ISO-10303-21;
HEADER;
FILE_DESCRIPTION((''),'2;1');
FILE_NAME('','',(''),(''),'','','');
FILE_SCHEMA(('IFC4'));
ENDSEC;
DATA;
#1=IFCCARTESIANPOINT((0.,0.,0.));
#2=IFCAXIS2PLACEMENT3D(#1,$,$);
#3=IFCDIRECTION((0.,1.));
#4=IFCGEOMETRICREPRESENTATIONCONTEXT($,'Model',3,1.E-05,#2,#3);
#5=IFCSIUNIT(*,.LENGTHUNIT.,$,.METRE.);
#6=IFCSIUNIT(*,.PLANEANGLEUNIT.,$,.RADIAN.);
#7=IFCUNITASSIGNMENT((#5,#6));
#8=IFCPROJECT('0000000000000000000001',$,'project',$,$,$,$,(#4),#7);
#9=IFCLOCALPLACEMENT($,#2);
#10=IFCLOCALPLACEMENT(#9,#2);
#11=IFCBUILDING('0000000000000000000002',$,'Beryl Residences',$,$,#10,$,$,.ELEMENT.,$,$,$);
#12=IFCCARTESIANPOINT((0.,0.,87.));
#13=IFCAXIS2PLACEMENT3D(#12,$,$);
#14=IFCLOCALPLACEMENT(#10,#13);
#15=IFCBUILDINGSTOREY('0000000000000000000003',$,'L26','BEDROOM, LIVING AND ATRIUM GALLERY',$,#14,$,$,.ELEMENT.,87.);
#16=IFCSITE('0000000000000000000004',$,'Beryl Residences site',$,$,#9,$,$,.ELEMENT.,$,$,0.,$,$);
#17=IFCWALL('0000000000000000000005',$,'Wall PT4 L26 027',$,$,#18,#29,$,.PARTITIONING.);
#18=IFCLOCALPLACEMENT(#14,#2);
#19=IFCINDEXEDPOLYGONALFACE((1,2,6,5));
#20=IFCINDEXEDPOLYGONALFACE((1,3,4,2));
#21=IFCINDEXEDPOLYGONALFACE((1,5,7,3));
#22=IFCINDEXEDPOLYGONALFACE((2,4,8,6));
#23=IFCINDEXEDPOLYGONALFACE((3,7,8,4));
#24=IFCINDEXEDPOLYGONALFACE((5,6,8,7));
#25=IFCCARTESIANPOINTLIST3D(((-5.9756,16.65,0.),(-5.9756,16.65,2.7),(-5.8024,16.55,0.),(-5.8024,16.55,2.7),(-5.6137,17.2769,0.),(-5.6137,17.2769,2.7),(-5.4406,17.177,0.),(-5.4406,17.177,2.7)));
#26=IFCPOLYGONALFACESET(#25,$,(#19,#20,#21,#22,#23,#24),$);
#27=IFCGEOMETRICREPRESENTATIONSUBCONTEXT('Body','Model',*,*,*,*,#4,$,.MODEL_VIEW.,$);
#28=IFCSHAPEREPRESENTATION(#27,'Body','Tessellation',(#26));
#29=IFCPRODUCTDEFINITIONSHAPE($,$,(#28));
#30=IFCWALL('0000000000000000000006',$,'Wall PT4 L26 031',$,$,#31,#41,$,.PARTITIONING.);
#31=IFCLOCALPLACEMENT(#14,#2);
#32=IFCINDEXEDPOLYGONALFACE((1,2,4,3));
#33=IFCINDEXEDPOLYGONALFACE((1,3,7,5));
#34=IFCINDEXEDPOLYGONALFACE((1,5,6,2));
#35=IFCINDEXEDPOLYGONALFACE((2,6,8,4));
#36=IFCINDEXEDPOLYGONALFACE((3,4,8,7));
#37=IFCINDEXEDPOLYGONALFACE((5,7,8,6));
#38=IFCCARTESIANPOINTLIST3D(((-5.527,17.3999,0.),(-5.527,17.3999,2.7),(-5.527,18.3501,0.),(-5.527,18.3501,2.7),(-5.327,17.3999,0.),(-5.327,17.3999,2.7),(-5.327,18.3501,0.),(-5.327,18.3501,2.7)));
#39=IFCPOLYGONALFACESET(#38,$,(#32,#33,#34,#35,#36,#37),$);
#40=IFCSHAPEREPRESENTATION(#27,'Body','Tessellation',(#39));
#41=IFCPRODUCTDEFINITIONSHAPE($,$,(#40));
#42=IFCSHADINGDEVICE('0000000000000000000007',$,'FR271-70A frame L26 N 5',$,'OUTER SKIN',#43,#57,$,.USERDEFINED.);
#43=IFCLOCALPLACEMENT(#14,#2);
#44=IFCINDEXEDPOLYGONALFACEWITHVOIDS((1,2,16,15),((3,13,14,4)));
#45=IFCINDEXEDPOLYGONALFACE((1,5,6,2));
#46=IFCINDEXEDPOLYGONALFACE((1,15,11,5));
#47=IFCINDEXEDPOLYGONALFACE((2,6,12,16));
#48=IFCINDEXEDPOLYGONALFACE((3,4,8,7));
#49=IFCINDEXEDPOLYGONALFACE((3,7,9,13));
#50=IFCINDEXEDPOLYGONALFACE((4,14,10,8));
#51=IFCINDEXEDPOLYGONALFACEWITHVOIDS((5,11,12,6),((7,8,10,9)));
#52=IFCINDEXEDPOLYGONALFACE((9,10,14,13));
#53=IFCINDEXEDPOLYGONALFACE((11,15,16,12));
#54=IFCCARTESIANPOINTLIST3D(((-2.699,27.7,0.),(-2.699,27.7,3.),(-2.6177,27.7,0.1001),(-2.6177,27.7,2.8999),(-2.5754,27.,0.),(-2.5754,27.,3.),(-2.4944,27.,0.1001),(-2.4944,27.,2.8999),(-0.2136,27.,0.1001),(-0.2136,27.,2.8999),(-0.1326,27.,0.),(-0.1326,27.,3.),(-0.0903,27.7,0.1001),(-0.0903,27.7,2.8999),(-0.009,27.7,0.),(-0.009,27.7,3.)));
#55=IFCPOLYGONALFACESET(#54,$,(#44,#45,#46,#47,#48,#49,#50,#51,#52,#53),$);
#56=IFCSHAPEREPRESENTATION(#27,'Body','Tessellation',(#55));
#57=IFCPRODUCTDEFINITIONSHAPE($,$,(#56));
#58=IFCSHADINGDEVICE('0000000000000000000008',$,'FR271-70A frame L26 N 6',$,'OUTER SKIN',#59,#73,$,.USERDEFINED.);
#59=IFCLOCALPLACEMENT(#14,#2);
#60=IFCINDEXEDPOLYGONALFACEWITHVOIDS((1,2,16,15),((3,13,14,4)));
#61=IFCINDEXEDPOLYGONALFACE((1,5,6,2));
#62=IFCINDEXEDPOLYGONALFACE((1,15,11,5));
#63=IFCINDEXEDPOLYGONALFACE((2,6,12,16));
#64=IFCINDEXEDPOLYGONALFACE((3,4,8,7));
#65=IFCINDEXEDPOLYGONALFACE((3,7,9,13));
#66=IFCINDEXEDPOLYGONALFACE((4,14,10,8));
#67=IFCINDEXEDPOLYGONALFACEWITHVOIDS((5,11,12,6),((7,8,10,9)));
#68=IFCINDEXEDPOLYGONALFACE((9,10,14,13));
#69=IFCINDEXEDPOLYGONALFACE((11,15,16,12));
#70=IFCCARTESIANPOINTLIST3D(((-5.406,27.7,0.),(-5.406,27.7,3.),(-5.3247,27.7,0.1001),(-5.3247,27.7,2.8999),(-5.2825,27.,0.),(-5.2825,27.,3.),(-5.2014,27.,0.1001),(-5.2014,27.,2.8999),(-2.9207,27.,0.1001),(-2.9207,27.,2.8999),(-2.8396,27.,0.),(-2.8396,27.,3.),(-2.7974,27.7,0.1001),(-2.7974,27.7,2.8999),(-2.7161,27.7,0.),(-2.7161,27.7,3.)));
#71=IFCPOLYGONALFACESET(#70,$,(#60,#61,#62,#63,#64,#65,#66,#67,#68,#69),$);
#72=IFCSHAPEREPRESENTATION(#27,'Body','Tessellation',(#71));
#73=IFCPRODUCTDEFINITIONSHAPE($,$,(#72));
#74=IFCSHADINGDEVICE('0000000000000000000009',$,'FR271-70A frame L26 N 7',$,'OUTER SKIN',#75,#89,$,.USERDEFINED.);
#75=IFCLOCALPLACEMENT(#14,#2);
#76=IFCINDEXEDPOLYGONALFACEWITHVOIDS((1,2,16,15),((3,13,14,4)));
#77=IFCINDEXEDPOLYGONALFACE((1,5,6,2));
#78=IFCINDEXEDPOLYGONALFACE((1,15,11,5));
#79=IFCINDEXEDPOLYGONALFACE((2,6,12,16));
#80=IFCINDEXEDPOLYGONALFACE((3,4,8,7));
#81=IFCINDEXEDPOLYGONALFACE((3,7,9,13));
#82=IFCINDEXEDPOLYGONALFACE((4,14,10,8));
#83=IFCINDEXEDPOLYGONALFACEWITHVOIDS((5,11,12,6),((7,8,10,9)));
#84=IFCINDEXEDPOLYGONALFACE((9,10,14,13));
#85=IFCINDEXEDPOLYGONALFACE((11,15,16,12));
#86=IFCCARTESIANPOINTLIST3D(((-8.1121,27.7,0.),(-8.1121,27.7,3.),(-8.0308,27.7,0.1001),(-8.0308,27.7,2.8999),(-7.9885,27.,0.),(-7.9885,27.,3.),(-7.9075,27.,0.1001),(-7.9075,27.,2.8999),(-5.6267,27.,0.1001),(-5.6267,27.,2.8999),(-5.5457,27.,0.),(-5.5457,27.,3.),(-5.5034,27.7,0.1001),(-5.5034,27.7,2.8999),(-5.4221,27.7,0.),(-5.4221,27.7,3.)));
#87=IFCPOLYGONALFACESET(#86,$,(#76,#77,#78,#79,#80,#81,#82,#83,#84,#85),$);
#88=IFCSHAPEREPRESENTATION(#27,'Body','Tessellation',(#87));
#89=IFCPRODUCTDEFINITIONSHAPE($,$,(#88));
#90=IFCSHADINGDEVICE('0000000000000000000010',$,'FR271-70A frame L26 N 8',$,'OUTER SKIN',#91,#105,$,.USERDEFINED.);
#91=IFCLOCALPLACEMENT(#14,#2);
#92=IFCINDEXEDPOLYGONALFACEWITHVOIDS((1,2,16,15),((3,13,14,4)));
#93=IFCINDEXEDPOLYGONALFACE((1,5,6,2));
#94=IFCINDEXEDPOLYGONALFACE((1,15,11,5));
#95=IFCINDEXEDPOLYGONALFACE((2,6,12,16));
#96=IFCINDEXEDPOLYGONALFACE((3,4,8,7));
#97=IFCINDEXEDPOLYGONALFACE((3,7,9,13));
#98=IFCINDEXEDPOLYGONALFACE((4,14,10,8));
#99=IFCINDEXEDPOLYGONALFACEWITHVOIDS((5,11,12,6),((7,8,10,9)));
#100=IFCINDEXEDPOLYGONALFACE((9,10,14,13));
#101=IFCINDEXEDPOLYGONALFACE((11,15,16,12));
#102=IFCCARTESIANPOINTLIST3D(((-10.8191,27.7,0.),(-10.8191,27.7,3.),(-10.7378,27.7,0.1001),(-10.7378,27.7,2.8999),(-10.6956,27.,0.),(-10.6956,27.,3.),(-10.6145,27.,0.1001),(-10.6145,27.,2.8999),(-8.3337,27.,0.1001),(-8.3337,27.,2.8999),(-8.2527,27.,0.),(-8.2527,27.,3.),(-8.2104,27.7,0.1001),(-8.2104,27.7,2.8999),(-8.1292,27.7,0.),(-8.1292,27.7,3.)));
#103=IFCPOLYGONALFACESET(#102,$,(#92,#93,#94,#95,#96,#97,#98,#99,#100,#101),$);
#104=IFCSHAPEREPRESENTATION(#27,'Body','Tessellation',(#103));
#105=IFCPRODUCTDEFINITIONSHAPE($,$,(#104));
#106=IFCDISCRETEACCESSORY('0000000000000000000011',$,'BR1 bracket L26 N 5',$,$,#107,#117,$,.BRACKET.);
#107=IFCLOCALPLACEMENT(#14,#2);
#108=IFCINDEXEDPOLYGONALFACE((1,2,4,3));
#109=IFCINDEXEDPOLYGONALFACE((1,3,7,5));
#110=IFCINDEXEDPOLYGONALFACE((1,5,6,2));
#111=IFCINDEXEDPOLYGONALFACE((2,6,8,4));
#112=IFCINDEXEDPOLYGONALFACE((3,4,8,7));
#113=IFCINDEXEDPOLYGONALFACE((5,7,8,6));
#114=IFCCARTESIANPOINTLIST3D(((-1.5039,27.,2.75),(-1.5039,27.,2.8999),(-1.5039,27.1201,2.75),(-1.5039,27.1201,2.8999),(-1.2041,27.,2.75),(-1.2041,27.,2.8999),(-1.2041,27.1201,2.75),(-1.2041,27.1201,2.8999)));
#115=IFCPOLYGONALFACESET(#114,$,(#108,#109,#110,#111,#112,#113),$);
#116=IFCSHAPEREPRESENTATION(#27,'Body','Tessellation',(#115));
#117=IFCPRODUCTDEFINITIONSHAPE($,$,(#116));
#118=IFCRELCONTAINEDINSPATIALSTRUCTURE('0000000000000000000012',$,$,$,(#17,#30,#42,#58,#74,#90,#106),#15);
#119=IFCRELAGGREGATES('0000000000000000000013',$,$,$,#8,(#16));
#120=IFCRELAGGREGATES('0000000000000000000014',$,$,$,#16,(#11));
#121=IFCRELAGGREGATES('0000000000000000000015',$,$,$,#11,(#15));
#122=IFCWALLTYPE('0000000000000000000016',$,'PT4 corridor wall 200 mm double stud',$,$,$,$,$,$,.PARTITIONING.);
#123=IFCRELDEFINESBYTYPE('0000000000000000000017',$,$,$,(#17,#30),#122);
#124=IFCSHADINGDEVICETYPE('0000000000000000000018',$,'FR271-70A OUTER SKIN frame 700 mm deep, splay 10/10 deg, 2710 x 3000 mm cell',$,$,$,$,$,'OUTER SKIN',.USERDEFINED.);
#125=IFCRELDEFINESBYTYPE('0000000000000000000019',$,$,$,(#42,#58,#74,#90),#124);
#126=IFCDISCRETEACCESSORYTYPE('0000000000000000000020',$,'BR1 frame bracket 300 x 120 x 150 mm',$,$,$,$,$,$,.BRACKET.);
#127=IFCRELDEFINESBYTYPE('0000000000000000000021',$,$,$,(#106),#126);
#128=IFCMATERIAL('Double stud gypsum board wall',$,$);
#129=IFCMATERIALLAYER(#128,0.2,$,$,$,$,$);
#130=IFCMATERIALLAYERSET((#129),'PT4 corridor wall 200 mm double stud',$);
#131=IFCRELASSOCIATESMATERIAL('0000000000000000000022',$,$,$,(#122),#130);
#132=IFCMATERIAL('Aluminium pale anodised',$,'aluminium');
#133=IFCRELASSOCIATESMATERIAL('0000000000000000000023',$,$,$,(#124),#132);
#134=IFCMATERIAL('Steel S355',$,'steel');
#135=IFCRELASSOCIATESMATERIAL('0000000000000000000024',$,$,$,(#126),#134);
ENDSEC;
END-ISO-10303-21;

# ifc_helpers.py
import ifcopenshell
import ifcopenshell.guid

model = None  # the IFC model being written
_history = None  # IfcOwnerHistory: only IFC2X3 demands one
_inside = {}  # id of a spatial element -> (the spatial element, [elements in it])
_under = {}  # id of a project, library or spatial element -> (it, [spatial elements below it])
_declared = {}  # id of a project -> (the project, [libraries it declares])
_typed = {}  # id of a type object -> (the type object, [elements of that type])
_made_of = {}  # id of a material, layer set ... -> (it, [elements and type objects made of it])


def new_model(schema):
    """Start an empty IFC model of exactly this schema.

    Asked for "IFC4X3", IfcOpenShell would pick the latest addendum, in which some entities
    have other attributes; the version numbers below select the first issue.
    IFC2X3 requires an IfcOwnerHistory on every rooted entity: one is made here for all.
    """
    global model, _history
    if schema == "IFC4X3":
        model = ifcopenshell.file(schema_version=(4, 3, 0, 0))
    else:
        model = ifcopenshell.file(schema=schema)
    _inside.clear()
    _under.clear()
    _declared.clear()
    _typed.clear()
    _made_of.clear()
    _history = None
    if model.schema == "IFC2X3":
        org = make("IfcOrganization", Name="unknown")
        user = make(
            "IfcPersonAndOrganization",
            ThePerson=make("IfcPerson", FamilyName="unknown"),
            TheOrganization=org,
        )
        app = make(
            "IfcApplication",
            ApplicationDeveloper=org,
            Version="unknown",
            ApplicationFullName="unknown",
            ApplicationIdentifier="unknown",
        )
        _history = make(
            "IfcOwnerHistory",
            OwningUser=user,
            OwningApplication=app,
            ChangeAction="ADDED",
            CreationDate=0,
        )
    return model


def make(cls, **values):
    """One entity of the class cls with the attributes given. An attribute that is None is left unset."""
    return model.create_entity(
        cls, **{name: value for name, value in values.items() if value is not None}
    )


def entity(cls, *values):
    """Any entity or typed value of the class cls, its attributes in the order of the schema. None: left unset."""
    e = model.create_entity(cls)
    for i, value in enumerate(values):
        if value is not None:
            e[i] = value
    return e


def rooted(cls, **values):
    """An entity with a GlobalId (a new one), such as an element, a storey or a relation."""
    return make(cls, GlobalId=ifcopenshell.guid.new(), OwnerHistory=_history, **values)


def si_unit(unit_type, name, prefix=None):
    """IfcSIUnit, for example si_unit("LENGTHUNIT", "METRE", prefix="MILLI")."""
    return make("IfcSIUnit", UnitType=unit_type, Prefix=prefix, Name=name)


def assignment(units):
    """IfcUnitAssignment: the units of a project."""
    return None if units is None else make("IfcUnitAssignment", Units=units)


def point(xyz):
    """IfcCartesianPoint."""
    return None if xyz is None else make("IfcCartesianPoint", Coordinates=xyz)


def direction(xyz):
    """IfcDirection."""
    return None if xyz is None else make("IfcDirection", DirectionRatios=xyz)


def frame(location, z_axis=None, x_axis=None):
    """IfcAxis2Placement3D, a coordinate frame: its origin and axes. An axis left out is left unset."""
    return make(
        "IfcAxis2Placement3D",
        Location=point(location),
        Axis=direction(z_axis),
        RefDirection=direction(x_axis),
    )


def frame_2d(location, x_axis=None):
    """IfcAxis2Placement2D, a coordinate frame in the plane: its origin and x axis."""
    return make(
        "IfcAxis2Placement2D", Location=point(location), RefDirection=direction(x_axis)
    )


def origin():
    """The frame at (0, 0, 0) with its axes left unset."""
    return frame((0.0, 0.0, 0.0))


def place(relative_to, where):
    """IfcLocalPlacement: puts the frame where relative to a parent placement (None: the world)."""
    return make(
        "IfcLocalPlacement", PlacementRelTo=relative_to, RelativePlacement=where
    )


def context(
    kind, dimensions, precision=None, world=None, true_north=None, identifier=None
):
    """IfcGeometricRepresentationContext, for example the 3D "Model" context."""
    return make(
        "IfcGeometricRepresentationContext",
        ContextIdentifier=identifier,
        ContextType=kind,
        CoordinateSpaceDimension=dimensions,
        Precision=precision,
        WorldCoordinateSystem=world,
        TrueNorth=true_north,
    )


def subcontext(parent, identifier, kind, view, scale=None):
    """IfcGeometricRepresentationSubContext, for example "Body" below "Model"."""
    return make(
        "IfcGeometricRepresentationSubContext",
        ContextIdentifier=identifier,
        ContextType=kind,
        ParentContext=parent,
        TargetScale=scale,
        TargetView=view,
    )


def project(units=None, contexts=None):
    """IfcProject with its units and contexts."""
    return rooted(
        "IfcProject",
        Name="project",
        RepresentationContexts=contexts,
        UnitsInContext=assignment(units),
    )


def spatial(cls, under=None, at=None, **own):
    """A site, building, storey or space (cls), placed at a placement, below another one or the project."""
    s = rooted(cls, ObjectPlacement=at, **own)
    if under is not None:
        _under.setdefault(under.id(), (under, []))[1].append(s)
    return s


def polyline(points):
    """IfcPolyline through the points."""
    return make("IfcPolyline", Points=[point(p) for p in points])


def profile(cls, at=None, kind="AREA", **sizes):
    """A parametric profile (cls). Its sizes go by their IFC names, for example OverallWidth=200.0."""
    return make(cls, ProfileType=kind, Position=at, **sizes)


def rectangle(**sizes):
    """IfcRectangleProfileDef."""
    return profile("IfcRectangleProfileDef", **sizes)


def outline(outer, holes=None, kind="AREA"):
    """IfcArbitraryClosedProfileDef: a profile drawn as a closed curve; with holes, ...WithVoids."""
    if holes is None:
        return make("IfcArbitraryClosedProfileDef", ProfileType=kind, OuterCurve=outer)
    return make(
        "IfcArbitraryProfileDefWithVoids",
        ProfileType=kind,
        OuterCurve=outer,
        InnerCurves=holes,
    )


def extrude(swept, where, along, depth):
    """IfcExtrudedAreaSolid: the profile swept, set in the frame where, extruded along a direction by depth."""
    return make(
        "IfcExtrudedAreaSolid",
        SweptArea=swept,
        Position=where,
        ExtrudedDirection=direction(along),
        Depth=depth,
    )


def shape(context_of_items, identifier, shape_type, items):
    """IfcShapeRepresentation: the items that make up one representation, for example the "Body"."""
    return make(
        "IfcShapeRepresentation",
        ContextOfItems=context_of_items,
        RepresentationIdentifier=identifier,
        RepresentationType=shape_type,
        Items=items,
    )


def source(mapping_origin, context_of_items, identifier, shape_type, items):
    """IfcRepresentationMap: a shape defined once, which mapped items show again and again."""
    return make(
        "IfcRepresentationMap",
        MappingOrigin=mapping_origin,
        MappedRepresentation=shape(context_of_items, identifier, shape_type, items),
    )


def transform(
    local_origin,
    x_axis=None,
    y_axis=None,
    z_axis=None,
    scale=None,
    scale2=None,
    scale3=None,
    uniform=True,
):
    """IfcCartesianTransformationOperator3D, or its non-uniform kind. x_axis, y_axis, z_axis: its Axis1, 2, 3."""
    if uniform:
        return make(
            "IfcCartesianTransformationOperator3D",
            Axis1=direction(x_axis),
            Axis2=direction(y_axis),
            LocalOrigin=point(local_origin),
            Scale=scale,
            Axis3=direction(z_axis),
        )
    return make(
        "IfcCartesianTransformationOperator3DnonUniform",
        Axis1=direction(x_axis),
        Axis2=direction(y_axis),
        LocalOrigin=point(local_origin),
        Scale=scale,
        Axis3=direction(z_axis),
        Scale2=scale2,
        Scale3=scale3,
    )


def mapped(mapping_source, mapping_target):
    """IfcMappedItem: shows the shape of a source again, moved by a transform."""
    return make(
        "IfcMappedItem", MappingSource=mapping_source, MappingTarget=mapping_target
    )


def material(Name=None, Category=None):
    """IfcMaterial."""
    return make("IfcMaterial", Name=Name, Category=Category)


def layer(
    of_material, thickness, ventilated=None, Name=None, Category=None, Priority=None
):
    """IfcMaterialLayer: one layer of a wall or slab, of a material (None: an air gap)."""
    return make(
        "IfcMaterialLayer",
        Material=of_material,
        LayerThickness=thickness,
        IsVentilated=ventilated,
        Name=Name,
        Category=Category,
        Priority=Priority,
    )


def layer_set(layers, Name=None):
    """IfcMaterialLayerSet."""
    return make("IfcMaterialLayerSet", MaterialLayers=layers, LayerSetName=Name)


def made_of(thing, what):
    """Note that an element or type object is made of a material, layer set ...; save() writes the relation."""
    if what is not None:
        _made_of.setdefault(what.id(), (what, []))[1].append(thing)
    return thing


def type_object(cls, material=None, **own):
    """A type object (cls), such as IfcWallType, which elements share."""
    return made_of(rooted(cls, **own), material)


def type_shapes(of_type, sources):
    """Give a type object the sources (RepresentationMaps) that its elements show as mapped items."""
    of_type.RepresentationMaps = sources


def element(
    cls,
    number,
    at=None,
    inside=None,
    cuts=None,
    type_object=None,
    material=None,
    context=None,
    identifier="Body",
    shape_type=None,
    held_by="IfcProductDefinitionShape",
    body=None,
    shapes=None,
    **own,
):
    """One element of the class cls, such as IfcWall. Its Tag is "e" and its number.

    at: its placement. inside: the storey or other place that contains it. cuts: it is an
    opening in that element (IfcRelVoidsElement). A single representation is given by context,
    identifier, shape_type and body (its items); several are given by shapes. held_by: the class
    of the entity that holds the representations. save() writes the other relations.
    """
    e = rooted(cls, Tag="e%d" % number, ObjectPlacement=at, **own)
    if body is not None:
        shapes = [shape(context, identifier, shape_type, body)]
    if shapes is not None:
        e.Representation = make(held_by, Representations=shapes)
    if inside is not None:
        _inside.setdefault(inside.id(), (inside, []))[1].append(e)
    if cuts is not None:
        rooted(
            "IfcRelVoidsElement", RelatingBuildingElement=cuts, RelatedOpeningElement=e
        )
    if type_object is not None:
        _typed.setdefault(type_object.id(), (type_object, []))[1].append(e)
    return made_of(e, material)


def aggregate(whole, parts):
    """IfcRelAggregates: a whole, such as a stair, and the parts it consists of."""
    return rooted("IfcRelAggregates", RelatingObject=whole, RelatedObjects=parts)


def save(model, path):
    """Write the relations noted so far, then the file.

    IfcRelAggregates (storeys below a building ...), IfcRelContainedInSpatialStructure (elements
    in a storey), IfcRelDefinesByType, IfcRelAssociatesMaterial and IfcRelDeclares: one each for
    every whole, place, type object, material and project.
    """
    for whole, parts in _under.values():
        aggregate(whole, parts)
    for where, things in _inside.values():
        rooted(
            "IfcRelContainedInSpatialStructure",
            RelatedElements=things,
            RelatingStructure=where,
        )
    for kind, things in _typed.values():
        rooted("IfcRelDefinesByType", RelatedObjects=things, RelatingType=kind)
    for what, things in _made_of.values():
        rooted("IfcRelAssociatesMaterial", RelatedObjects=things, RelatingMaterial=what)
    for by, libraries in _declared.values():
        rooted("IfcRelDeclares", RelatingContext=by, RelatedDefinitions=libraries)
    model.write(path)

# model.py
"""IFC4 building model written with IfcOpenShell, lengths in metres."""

from ifc_helpers import new_model, entity, si_unit, direction, frame, frame_2d, origin, place, context, subcontext, project, spatial, polyline, rectangle, outline, extrude, source, transform, mapped, material, layer, layer_set, type_object, type_shapes, element, save


model = new_model("IFC4")

# Units and contexts
model_context = context("Model", 3, precision=1e-05, world=origin(), true_north=direction((0.0, 1.0)))
body_context = subcontext(model_context, "Body", "Model", "MODEL_VIEW")
ifc_project = project(units=[si_unit("LENGTHUNIT", "METRE"), si_unit("PLANEANGLEUNIT", "RADIAN")], contexts=[model_context])

# Site, building, storey
site_placement = place(None, origin())
site = spatial("IfcSite", under=ifc_project, at=site_placement, Name="Beryl Residences site", CompositionType="ELEMENT", RefElevation=0.0)
building_placement = place(site_placement, origin())
building = spatial("IfcBuilding", under=site, at=building_placement, Name="Beryl Residences", CompositionType="ELEMENT")
storey_placement = place(building_placement, frame((0.0, 0.0, 87.0)))
storey = spatial("IfcBuildingStorey", under=building, at=storey_placement, Name="L26", Description="BEDROOM, LIVING AND ATRIUM GALLERY", CompositionType="ELEMENT", Elevation=87.0)

# Shared definitions
ifc_material_1 = material(Name="Double stud gypsum board wall")
ifc_layer_1 = layer(ifc_material_1, 0.2)
ifc_layer_set_1 = layer_set([ifc_layer_1], Name="PT4 corridor wall 200 mm double stud")
wall_type_1 = type_object("IfcWallType", Name="PT4 corridor wall 200 mm double stud", PredefinedType="PARTITIONING", material=ifc_layer_set_1)

# Walls
wall_1_placement = place(storey_placement, frame((-5.8889, 16.6001, 0.0), z_axis=(0.0, 0.0, 1.0), x_axis=(0.499839, 0.866118, 0.0)))
element("IfcWall", 1, at=wall_1_placement, inside=storey, type_object=wall_type_1, Name="Wall PT4 L26 027", PredefinedType="PARTITIONING", context=body_context, shape_type="SweptSolid", body=[
    extrude(rectangle(XDim=0.7239, YDim=0.2, at=frame_2d((0.3618, 0.0))), origin(), (0.0, 0.0, 1.0), 2.7),
])
wall_2_placement = place(storey_placement, frame((-5.427, 17.3999, 0.0), z_axis=(0.0, 0.0, 1.0), x_axis=(0.0, 1.0, 0.0)))
element("IfcWall", 2, at=wall_2_placement, inside=storey, type_object=wall_type_1, Name="Wall PT4 L26 031", PredefinedType="PARTITIONING", context=body_context, shape_type="SweptSolid", body=[
    extrude(rectangle(XDim=0.9502, YDim=0.2, at=frame_2d((0.4751, 0.0))), origin(), (0.0, 0.0, 1.0), 2.7),
])

# Shading devices
ifc_material_2 = material(Name="Aluminium pale anodised", Category="aluminium")
shading_device_type = type_object("IfcShadingDeviceType", Name="FR271-70A OUTER SKIN frame 700 mm deep, splay 10/10 deg, 2710 x 3000 mm cell", ElementType="OUTER SKIN", PredefinedType="USERDEFINED", material=ifc_material_2)
cartesian_point_1 = entity("IfcCartesianPoint", [-1.2214, 0.0])
cartesian_point_2 = entity("IfcCartesianPoint", [-1.1404, 0.1001])
cartesian_point_3 = entity("IfcCartesianPoint", [-1.345, 0.0])
cartesian_point_4 = entity("IfcCartesianPoint", [-1.2637, 0.1001])
shared_shape_1 = source(origin(), body_context, "Body", "SweptSolid", [
    entity("IfcExtrudedAreaSolidTapered", entity("IfcArbitraryProfileDefWithVoids", "AREA", None, entity("IfcPolyline", [cartesian_point_1, entity("IfcCartesianPoint", [1.2214, 0.0]), entity("IfcCartesianPoint", [1.2214, 3.0]), entity("IfcCartesianPoint", [-1.2214, 3.0]), cartesian_point_1]), [entity("IfcPolyline", [cartesian_point_2, entity("IfcCartesianPoint", [1.1404, 0.1001]), entity("IfcCartesianPoint", [1.1404, 2.8999]), entity("IfcCartesianPoint", [-1.1404, 2.8999]), cartesian_point_2])]), entity("IfcAxis2Placement3D", entity("IfcCartesianPoint", [0.0, 0.0, 0.0]), entity("IfcDirection", [0.0, 1.0, 0.0]), entity("IfcDirection", [-1.0, 0.0, 0.0])), entity("IfcDirection", [0.0, 0.0, 1.0]), 0.7, entity("IfcArbitraryProfileDefWithVoids", "AREA", None, entity("IfcPolyline", [cartesian_point_3, entity("IfcCartesianPoint", [1.345, 0.0]), entity("IfcCartesianPoint", [1.345, 3.0]), entity("IfcCartesianPoint", [-1.345, 3.0]), cartesian_point_3]), [entity("IfcPolyline", [cartesian_point_4, entity("IfcCartesianPoint", [1.2637, 0.1001]), entity("IfcCartesianPoint", [1.2637, 2.8999]), entity("IfcCartesianPoint", [-1.2637, 2.8999]), cartesian_point_4])])),
])
type_shapes(shading_device_type, [shared_shape_1])
for number, where, z_axis, x_axis, name in (
    (3, (-1.354, 27.0, 0.0), (0.0, 0.0, 1.0), (1.0, 0.0, 0.0), "FR271-70A frame L26 N 5"),
    (4, (-4.061, 27.0, 0.0), (0.0, 0.0, 1.0), (1.0, 0.0, 0.0), "FR271-70A frame L26 N 6"),
    (5, (-6.7671, 27.0, 0.0), (0.0, 0.0, 1.0), (1.0, 0.0, 0.0), "FR271-70A frame L26 N 7"),
    (6, (-9.4741, 27.0, 0.0), (0.0, 0.0, 1.0), (1.0, 0.0, 0.0), "FR271-70A frame L26 N 8"),
):
    element("IfcShadingDevice", number, at=place(storey_placement, frame(where, z_axis=z_axis, x_axis=x_axis)), inside=storey, type_object=shading_device_type, Name=name, ObjectType="OUTER SKIN", PredefinedType="USERDEFINED", context=body_context, shape_type="MappedRepresentation", body=[
        mapped(shared_shape_1, transform((0.0, 0.0, 0.0))),
    ])

# Discrete accessory
ifc_material_3 = material(Name="Steel S355", Category="steel")
discrete_accessory_type = type_object("IfcDiscreteAccessoryType", Name="BR1 frame bracket 300 x 120 x 150 mm", PredefinedType="BRACKET", material=ifc_material_3)
shared_shape_2 = source(origin(), body_context, "Body", "SweptSolid", [
    extrude(outline(polyline([(-0.1499, 0.0), (0.1499, 0.0), (0.1499, 0.1201), (-0.1499, 0.1201), (-0.1499, 0.0)])), origin(), (0.0, 0.0, 1.0), 0.1499),
])
type_shapes(discrete_accessory_type, [shared_shape_2])
discrete_accessory_placement = place(storey_placement, frame((-1.354, 27.0, 2.75), z_axis=(0.0, 0.0, 1.0), x_axis=(1.0, 0.0, 0.0)))
element("IfcDiscreteAccessory", 7, at=discrete_accessory_placement, inside=storey, type_object=discrete_accessory_type, Name="BR1 bracket L26 N 5", PredefinedType="BRACKET", context=body_context, shape_type="MappedRepresentation", body=[
    mapped(shared_shape_2, transform((0.0, 0.0, 0.0))),
])

save(model, "model.ifc")
